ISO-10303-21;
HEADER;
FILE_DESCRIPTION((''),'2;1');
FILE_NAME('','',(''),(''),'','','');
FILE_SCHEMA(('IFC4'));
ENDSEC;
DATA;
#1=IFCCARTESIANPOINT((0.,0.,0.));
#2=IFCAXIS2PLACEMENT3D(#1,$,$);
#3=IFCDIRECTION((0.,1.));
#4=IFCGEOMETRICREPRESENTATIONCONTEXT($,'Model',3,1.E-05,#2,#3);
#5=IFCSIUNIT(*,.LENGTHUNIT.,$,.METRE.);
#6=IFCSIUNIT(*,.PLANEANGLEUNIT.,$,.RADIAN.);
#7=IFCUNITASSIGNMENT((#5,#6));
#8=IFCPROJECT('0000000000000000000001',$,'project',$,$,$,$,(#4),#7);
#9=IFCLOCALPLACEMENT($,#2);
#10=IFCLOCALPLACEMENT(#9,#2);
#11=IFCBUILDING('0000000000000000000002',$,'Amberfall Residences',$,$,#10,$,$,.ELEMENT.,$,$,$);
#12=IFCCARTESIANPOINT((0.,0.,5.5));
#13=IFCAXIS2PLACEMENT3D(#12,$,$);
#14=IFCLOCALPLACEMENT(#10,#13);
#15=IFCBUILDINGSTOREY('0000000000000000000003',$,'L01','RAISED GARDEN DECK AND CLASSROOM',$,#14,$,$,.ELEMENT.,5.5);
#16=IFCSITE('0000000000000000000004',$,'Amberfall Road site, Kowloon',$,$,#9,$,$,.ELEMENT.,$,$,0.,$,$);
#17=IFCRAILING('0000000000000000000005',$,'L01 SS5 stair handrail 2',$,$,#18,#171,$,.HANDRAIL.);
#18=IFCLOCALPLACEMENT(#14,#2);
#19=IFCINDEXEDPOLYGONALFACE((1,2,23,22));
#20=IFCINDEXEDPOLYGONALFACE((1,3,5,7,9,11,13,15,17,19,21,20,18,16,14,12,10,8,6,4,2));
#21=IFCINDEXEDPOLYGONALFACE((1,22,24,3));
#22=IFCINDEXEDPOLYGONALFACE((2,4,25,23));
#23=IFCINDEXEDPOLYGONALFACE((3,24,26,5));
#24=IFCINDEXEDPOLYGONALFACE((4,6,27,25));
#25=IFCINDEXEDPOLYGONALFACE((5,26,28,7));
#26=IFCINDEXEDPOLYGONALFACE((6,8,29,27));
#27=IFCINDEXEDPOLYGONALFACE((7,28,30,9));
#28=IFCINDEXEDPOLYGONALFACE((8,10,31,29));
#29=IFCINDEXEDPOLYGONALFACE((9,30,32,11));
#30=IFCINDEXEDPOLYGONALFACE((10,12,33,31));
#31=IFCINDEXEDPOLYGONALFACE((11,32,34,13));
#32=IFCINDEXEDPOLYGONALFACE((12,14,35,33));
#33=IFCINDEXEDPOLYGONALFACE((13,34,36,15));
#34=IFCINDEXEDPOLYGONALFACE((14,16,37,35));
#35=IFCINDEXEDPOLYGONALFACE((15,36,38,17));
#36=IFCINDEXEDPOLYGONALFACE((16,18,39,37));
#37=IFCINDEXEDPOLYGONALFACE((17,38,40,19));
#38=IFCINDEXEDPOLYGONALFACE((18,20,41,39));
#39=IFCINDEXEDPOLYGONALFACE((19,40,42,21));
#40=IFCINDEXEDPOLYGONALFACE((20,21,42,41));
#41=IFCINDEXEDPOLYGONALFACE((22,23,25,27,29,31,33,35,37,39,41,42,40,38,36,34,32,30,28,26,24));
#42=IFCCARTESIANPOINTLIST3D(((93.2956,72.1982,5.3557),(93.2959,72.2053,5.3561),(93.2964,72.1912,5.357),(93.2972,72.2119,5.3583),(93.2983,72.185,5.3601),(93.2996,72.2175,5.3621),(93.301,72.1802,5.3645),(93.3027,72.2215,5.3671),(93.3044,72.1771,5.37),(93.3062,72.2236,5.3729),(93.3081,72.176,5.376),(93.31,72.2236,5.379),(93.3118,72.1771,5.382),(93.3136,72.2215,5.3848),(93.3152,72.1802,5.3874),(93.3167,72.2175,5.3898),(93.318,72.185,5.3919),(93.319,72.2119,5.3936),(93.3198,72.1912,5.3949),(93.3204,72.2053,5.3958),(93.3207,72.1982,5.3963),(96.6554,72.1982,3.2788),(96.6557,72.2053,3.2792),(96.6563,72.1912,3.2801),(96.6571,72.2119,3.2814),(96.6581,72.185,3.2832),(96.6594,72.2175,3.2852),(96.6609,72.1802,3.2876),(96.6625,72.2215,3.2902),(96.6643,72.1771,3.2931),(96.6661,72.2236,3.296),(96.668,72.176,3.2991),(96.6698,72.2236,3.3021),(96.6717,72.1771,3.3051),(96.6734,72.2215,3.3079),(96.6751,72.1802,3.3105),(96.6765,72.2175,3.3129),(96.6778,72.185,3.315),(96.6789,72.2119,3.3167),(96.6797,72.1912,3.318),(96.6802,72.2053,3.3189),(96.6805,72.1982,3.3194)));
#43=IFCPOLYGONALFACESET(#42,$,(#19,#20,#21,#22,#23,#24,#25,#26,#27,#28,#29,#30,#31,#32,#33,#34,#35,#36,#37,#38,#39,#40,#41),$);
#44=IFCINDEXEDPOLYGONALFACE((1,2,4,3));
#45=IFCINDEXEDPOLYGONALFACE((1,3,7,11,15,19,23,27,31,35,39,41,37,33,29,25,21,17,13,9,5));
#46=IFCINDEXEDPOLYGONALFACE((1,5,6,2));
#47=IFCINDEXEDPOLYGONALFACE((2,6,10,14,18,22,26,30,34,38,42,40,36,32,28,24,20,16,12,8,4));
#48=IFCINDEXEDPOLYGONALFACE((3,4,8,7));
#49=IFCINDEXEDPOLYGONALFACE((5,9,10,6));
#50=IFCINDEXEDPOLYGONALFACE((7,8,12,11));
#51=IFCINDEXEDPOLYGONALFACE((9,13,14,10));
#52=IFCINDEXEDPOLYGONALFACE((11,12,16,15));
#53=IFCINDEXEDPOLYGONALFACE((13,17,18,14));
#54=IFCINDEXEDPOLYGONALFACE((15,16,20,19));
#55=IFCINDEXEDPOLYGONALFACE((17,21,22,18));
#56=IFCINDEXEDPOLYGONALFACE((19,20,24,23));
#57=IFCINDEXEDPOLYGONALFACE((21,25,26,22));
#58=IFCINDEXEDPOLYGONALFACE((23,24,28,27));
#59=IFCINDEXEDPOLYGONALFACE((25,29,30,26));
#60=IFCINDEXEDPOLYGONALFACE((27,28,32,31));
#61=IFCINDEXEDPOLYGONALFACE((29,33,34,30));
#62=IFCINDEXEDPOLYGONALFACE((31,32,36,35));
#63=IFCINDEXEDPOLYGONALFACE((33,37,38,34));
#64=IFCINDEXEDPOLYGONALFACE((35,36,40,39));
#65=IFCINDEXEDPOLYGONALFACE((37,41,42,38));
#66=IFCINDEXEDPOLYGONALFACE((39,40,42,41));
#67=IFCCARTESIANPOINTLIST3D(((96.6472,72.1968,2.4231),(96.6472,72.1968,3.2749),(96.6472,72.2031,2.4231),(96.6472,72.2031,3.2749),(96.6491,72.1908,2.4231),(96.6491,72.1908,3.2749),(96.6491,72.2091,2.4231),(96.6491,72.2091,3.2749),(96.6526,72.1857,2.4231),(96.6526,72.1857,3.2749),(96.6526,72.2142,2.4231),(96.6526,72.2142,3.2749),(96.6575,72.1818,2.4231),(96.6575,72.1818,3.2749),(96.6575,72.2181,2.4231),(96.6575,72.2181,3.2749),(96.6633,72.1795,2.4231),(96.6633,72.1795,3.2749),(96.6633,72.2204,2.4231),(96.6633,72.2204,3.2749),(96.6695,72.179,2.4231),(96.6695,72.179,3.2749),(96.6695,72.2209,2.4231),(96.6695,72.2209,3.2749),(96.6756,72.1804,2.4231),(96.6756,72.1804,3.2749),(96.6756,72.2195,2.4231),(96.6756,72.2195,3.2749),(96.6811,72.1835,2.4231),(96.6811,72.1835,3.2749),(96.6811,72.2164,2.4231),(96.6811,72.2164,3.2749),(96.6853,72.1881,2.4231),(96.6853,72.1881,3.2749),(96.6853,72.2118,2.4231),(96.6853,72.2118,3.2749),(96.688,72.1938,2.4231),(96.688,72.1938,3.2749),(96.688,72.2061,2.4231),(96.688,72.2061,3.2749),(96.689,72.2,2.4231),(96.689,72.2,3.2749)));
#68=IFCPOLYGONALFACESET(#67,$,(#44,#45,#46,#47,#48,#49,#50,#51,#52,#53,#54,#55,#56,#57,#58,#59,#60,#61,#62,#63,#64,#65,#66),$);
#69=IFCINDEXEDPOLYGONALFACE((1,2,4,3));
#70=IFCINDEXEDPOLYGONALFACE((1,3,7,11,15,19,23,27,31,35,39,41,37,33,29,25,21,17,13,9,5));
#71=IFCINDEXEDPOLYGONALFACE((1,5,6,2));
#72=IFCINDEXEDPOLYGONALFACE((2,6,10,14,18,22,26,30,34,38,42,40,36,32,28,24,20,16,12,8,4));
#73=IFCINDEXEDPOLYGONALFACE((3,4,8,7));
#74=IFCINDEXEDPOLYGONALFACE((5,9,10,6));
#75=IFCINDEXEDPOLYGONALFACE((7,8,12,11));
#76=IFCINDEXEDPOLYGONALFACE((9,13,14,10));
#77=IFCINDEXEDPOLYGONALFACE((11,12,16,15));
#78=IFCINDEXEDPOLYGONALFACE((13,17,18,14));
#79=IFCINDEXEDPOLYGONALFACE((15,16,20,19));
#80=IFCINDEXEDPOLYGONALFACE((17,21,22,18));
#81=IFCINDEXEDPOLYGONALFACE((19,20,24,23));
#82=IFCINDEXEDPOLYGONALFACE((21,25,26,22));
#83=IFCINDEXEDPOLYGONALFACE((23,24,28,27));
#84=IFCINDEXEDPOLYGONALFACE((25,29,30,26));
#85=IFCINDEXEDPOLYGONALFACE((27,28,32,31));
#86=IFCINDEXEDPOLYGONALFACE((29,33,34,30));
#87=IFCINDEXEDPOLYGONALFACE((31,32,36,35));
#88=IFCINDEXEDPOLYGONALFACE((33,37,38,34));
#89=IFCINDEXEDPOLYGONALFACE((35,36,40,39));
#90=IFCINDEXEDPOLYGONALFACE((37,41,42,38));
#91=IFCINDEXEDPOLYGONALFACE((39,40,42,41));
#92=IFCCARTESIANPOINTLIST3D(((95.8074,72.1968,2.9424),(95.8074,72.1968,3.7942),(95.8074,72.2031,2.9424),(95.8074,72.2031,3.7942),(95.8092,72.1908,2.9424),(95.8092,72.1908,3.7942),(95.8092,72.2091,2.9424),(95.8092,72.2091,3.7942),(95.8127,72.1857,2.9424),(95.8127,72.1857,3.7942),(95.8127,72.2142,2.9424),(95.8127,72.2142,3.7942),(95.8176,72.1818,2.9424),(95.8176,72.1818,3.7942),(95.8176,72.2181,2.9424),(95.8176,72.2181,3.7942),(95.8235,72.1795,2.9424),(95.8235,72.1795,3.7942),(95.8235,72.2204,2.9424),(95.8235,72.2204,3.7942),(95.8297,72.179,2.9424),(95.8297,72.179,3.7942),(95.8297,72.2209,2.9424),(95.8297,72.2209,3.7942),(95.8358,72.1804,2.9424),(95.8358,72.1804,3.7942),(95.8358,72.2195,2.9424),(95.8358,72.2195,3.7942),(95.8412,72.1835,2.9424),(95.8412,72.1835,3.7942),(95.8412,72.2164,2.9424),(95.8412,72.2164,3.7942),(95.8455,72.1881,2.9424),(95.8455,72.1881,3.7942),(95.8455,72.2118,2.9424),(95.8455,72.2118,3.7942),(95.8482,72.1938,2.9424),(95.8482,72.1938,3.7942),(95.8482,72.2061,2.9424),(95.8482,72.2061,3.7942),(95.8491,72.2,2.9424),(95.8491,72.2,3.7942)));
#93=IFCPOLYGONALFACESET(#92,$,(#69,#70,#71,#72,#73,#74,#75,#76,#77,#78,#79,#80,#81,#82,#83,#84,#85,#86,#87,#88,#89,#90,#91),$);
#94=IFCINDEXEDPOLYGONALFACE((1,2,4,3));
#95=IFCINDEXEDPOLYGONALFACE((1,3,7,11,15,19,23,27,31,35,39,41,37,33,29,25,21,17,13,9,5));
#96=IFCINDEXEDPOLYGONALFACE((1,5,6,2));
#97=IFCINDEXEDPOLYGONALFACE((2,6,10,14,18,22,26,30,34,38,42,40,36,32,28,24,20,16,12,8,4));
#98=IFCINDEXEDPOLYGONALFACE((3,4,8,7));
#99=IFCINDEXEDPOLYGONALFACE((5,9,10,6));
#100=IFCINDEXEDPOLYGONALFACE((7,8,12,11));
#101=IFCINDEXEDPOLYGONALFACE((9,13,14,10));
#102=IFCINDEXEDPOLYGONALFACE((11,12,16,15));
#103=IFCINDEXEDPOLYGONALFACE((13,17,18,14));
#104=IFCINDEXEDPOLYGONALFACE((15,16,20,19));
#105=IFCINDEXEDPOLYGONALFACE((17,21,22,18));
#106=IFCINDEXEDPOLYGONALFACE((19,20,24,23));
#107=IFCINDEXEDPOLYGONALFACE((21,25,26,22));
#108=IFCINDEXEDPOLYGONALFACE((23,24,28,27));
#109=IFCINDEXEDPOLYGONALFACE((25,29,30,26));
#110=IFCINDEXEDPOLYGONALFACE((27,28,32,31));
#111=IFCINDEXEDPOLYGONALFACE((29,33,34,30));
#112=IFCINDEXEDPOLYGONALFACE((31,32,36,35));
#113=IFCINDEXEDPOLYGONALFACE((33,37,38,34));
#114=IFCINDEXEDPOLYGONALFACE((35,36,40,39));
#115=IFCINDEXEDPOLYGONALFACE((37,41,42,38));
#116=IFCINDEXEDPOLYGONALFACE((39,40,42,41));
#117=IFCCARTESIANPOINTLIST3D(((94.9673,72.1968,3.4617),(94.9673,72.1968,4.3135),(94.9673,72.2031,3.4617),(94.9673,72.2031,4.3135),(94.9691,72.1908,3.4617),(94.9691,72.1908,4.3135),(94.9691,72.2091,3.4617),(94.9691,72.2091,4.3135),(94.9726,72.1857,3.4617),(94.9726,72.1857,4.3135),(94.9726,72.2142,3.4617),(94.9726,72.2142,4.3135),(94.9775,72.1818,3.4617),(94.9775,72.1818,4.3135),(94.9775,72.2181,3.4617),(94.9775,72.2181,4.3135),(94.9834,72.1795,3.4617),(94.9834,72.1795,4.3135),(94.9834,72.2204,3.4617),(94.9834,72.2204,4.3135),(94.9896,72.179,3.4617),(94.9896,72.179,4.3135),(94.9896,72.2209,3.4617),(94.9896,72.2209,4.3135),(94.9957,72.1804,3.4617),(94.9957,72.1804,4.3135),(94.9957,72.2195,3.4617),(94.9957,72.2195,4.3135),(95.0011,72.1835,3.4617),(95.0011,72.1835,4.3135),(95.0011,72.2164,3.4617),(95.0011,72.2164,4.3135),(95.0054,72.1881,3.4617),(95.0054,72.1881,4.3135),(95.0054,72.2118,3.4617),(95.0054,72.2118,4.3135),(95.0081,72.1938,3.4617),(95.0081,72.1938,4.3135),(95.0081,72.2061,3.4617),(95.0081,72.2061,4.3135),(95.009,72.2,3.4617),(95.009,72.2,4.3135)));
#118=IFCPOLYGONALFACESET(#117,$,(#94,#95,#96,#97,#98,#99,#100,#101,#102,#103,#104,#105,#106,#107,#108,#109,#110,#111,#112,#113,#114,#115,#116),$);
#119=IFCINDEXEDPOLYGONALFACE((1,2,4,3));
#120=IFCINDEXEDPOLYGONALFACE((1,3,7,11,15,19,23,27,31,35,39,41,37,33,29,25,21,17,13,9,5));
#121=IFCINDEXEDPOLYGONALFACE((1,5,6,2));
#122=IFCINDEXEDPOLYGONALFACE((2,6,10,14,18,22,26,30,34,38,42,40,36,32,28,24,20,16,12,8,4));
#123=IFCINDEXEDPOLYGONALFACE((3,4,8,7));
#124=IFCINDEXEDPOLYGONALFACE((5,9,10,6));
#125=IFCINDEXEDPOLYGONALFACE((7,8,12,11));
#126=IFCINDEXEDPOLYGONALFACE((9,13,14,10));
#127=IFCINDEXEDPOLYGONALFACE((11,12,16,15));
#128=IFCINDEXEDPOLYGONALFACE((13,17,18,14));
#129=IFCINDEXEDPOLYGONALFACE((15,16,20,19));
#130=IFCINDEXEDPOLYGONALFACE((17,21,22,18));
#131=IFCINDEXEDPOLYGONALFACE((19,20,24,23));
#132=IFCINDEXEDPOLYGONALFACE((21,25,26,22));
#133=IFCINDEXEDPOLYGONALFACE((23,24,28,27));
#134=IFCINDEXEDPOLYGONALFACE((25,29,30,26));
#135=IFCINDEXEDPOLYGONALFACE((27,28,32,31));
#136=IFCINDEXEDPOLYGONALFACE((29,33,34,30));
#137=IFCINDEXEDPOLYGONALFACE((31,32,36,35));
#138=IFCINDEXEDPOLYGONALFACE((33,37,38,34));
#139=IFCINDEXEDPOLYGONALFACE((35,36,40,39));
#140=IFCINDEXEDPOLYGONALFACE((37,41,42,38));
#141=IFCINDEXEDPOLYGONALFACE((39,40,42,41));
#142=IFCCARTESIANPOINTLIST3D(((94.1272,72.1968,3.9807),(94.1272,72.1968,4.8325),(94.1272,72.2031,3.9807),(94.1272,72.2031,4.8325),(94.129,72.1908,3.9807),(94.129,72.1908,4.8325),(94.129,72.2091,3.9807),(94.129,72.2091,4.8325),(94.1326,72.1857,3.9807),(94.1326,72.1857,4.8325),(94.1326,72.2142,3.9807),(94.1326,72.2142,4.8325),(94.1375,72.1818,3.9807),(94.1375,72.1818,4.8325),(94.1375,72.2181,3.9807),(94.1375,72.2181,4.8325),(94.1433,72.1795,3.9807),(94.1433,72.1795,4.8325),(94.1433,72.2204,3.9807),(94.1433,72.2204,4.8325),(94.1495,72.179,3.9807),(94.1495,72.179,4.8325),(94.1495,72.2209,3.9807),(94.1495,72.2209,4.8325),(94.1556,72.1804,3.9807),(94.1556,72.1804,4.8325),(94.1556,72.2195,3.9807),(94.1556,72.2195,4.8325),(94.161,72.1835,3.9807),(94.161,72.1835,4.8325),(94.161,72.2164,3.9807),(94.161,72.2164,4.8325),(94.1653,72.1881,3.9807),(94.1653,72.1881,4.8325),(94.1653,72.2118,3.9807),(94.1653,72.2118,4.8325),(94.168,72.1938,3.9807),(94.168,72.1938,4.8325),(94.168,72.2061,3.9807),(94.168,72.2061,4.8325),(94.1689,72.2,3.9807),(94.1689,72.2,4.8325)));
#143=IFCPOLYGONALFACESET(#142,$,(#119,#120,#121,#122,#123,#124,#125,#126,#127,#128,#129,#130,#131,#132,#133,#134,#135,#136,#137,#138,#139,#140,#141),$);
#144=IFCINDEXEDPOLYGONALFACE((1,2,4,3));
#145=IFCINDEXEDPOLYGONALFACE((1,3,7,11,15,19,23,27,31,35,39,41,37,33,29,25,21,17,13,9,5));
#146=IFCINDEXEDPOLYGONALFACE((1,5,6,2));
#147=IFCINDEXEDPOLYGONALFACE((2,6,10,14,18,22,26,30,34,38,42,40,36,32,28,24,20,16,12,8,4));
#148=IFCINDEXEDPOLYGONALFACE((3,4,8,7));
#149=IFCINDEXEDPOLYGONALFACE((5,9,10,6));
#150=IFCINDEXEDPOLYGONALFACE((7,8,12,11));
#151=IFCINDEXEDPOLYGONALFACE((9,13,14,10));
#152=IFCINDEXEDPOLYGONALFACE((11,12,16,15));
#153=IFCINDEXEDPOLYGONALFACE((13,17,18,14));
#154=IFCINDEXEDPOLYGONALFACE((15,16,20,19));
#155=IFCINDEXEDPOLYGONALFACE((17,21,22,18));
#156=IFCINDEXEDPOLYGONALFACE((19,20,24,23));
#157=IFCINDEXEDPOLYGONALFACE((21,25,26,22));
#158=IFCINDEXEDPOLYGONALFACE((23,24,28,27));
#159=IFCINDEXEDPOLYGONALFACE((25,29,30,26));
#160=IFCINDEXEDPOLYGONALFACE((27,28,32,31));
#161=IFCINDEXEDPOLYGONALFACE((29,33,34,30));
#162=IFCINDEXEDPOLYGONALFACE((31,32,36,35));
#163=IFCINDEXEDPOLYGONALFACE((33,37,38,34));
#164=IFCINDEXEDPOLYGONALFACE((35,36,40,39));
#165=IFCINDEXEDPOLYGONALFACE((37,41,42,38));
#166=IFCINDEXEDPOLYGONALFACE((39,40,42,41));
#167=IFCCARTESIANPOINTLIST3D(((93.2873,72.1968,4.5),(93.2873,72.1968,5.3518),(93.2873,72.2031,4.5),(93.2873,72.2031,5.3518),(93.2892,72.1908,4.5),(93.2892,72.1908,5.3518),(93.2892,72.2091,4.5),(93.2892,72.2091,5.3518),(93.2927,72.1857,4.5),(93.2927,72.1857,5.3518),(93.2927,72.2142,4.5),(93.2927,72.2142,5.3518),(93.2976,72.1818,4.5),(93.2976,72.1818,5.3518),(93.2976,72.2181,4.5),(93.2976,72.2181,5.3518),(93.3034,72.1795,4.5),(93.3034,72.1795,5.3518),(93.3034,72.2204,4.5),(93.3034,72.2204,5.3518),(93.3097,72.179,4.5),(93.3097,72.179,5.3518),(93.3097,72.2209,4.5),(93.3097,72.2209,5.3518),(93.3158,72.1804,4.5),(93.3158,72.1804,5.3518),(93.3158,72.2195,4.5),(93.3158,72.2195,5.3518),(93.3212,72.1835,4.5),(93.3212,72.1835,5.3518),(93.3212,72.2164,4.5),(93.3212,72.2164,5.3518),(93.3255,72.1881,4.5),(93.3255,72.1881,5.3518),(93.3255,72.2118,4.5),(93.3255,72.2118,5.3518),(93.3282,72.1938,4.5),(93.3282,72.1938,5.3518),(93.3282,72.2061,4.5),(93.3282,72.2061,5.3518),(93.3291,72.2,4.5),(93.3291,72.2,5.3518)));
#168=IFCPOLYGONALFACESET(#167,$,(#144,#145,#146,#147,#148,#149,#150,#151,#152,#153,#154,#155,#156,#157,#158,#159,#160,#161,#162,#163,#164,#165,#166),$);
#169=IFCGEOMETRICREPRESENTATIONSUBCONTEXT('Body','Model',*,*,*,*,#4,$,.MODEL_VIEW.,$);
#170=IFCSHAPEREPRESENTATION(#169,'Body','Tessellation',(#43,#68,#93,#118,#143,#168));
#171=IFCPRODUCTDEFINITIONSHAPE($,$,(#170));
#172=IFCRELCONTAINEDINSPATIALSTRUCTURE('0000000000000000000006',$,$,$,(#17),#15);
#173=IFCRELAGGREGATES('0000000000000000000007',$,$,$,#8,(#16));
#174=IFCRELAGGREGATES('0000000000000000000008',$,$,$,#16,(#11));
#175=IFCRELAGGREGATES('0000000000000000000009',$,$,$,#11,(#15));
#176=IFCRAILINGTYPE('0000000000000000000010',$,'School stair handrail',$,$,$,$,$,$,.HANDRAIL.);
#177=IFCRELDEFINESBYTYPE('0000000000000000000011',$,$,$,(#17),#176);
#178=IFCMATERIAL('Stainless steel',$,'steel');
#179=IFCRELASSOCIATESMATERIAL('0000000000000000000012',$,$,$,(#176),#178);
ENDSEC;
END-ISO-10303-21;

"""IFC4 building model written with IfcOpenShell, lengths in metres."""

from ifc_helpers import new_model, si_unit, direction, frame, origin, origin_2d, place, context, subcontext, project, spatial, circle, extrude, material, type_object, element, save


model = new_model("IFC4")

# Units and contexts
model_context = context("Model", 3, precision=1e-05, world=origin(), true_north=direction((0.0, 1.0)))
body_context = subcontext(model_context, "Body", "Model", "MODEL_VIEW")
ifc_project = project(units=[si_unit("LENGTHUNIT", "METRE"), si_unit("PLANEANGLEUNIT", "RADIAN")], contexts=[model_context])

# Site, building, storey
site_placement = place(None, origin())
site = spatial("IfcSite", under=ifc_project, at=site_placement, Name="Amberfall Road site, Kowloon", CompositionType="ELEMENT", RefElevation=0.0)
building_placement = place(site_placement, origin())
building = spatial("IfcBuilding", under=site, at=building_placement, Name="Amberfall Residences", CompositionType="ELEMENT")
storey_placement = place(building_placement, frame((0.0, 0.0, 5.5)))
storey = spatial("IfcBuildingStorey", under=building, at=storey_placement, Name="L01", Description="RAISED GARDEN DECK AND CLASSROOM", CompositionType="ELEMENT", Elevation=5.5)

# Railing
ifc_material_1 = material(Name="Stainless steel", Category="steel")
railing_type_1 = type_object("IfcRailingType", Name="School stair handrail", PredefinedType="HANDRAIL", material=ifc_material_1)
railing_1_placement = place(storey_placement, frame((96.668, 72.2, 2.4231)))
element("IfcRailing", 1, at=railing_1_placement, inside=storey, type_object=railing_type_1, Name="L01 SS5 stair handrail 2", PredefinedType="HANDRAIL", context=body_context, shape_type="SweptSolid", body=[
    extrude(circle(Radius=0.0239, at=origin_2d()), frame((0.0, 0.0, 0.876), z_axis=(-0.850606, 0.0, 0.525803), x_axis=(0.0, -1.0, 0.0)), (0.0, 0.0, 1.0), 3.95),
    extrude(circle(Radius=0.021, at=origin_2d()), origin(), (0.0, 0.0, 1.0), 0.8518),
    extrude(circle(Radius=0.021, at=origin_2d()), frame((-0.8398, 0.0, 0.5193)), (0.0, 0.0, 1.0), 0.8518),
    extrude(circle(Radius=0.021, at=origin_2d()), frame((-1.6799, 0.0, 1.0386)), (0.0, 0.0, 1.0), 0.8518),
    extrude(circle(Radius=0.021, at=origin_2d()), frame((-2.52, 0.0, 1.5576)), (0.0, 0.0, 1.0), 0.8518),
    extrude(circle(Radius=0.021, at=origin_2d()), frame((-3.3599, 0.0, 2.0769)), (0.0, 0.0, 1.0), 0.8518),
])

save(model, "model.ifc")
